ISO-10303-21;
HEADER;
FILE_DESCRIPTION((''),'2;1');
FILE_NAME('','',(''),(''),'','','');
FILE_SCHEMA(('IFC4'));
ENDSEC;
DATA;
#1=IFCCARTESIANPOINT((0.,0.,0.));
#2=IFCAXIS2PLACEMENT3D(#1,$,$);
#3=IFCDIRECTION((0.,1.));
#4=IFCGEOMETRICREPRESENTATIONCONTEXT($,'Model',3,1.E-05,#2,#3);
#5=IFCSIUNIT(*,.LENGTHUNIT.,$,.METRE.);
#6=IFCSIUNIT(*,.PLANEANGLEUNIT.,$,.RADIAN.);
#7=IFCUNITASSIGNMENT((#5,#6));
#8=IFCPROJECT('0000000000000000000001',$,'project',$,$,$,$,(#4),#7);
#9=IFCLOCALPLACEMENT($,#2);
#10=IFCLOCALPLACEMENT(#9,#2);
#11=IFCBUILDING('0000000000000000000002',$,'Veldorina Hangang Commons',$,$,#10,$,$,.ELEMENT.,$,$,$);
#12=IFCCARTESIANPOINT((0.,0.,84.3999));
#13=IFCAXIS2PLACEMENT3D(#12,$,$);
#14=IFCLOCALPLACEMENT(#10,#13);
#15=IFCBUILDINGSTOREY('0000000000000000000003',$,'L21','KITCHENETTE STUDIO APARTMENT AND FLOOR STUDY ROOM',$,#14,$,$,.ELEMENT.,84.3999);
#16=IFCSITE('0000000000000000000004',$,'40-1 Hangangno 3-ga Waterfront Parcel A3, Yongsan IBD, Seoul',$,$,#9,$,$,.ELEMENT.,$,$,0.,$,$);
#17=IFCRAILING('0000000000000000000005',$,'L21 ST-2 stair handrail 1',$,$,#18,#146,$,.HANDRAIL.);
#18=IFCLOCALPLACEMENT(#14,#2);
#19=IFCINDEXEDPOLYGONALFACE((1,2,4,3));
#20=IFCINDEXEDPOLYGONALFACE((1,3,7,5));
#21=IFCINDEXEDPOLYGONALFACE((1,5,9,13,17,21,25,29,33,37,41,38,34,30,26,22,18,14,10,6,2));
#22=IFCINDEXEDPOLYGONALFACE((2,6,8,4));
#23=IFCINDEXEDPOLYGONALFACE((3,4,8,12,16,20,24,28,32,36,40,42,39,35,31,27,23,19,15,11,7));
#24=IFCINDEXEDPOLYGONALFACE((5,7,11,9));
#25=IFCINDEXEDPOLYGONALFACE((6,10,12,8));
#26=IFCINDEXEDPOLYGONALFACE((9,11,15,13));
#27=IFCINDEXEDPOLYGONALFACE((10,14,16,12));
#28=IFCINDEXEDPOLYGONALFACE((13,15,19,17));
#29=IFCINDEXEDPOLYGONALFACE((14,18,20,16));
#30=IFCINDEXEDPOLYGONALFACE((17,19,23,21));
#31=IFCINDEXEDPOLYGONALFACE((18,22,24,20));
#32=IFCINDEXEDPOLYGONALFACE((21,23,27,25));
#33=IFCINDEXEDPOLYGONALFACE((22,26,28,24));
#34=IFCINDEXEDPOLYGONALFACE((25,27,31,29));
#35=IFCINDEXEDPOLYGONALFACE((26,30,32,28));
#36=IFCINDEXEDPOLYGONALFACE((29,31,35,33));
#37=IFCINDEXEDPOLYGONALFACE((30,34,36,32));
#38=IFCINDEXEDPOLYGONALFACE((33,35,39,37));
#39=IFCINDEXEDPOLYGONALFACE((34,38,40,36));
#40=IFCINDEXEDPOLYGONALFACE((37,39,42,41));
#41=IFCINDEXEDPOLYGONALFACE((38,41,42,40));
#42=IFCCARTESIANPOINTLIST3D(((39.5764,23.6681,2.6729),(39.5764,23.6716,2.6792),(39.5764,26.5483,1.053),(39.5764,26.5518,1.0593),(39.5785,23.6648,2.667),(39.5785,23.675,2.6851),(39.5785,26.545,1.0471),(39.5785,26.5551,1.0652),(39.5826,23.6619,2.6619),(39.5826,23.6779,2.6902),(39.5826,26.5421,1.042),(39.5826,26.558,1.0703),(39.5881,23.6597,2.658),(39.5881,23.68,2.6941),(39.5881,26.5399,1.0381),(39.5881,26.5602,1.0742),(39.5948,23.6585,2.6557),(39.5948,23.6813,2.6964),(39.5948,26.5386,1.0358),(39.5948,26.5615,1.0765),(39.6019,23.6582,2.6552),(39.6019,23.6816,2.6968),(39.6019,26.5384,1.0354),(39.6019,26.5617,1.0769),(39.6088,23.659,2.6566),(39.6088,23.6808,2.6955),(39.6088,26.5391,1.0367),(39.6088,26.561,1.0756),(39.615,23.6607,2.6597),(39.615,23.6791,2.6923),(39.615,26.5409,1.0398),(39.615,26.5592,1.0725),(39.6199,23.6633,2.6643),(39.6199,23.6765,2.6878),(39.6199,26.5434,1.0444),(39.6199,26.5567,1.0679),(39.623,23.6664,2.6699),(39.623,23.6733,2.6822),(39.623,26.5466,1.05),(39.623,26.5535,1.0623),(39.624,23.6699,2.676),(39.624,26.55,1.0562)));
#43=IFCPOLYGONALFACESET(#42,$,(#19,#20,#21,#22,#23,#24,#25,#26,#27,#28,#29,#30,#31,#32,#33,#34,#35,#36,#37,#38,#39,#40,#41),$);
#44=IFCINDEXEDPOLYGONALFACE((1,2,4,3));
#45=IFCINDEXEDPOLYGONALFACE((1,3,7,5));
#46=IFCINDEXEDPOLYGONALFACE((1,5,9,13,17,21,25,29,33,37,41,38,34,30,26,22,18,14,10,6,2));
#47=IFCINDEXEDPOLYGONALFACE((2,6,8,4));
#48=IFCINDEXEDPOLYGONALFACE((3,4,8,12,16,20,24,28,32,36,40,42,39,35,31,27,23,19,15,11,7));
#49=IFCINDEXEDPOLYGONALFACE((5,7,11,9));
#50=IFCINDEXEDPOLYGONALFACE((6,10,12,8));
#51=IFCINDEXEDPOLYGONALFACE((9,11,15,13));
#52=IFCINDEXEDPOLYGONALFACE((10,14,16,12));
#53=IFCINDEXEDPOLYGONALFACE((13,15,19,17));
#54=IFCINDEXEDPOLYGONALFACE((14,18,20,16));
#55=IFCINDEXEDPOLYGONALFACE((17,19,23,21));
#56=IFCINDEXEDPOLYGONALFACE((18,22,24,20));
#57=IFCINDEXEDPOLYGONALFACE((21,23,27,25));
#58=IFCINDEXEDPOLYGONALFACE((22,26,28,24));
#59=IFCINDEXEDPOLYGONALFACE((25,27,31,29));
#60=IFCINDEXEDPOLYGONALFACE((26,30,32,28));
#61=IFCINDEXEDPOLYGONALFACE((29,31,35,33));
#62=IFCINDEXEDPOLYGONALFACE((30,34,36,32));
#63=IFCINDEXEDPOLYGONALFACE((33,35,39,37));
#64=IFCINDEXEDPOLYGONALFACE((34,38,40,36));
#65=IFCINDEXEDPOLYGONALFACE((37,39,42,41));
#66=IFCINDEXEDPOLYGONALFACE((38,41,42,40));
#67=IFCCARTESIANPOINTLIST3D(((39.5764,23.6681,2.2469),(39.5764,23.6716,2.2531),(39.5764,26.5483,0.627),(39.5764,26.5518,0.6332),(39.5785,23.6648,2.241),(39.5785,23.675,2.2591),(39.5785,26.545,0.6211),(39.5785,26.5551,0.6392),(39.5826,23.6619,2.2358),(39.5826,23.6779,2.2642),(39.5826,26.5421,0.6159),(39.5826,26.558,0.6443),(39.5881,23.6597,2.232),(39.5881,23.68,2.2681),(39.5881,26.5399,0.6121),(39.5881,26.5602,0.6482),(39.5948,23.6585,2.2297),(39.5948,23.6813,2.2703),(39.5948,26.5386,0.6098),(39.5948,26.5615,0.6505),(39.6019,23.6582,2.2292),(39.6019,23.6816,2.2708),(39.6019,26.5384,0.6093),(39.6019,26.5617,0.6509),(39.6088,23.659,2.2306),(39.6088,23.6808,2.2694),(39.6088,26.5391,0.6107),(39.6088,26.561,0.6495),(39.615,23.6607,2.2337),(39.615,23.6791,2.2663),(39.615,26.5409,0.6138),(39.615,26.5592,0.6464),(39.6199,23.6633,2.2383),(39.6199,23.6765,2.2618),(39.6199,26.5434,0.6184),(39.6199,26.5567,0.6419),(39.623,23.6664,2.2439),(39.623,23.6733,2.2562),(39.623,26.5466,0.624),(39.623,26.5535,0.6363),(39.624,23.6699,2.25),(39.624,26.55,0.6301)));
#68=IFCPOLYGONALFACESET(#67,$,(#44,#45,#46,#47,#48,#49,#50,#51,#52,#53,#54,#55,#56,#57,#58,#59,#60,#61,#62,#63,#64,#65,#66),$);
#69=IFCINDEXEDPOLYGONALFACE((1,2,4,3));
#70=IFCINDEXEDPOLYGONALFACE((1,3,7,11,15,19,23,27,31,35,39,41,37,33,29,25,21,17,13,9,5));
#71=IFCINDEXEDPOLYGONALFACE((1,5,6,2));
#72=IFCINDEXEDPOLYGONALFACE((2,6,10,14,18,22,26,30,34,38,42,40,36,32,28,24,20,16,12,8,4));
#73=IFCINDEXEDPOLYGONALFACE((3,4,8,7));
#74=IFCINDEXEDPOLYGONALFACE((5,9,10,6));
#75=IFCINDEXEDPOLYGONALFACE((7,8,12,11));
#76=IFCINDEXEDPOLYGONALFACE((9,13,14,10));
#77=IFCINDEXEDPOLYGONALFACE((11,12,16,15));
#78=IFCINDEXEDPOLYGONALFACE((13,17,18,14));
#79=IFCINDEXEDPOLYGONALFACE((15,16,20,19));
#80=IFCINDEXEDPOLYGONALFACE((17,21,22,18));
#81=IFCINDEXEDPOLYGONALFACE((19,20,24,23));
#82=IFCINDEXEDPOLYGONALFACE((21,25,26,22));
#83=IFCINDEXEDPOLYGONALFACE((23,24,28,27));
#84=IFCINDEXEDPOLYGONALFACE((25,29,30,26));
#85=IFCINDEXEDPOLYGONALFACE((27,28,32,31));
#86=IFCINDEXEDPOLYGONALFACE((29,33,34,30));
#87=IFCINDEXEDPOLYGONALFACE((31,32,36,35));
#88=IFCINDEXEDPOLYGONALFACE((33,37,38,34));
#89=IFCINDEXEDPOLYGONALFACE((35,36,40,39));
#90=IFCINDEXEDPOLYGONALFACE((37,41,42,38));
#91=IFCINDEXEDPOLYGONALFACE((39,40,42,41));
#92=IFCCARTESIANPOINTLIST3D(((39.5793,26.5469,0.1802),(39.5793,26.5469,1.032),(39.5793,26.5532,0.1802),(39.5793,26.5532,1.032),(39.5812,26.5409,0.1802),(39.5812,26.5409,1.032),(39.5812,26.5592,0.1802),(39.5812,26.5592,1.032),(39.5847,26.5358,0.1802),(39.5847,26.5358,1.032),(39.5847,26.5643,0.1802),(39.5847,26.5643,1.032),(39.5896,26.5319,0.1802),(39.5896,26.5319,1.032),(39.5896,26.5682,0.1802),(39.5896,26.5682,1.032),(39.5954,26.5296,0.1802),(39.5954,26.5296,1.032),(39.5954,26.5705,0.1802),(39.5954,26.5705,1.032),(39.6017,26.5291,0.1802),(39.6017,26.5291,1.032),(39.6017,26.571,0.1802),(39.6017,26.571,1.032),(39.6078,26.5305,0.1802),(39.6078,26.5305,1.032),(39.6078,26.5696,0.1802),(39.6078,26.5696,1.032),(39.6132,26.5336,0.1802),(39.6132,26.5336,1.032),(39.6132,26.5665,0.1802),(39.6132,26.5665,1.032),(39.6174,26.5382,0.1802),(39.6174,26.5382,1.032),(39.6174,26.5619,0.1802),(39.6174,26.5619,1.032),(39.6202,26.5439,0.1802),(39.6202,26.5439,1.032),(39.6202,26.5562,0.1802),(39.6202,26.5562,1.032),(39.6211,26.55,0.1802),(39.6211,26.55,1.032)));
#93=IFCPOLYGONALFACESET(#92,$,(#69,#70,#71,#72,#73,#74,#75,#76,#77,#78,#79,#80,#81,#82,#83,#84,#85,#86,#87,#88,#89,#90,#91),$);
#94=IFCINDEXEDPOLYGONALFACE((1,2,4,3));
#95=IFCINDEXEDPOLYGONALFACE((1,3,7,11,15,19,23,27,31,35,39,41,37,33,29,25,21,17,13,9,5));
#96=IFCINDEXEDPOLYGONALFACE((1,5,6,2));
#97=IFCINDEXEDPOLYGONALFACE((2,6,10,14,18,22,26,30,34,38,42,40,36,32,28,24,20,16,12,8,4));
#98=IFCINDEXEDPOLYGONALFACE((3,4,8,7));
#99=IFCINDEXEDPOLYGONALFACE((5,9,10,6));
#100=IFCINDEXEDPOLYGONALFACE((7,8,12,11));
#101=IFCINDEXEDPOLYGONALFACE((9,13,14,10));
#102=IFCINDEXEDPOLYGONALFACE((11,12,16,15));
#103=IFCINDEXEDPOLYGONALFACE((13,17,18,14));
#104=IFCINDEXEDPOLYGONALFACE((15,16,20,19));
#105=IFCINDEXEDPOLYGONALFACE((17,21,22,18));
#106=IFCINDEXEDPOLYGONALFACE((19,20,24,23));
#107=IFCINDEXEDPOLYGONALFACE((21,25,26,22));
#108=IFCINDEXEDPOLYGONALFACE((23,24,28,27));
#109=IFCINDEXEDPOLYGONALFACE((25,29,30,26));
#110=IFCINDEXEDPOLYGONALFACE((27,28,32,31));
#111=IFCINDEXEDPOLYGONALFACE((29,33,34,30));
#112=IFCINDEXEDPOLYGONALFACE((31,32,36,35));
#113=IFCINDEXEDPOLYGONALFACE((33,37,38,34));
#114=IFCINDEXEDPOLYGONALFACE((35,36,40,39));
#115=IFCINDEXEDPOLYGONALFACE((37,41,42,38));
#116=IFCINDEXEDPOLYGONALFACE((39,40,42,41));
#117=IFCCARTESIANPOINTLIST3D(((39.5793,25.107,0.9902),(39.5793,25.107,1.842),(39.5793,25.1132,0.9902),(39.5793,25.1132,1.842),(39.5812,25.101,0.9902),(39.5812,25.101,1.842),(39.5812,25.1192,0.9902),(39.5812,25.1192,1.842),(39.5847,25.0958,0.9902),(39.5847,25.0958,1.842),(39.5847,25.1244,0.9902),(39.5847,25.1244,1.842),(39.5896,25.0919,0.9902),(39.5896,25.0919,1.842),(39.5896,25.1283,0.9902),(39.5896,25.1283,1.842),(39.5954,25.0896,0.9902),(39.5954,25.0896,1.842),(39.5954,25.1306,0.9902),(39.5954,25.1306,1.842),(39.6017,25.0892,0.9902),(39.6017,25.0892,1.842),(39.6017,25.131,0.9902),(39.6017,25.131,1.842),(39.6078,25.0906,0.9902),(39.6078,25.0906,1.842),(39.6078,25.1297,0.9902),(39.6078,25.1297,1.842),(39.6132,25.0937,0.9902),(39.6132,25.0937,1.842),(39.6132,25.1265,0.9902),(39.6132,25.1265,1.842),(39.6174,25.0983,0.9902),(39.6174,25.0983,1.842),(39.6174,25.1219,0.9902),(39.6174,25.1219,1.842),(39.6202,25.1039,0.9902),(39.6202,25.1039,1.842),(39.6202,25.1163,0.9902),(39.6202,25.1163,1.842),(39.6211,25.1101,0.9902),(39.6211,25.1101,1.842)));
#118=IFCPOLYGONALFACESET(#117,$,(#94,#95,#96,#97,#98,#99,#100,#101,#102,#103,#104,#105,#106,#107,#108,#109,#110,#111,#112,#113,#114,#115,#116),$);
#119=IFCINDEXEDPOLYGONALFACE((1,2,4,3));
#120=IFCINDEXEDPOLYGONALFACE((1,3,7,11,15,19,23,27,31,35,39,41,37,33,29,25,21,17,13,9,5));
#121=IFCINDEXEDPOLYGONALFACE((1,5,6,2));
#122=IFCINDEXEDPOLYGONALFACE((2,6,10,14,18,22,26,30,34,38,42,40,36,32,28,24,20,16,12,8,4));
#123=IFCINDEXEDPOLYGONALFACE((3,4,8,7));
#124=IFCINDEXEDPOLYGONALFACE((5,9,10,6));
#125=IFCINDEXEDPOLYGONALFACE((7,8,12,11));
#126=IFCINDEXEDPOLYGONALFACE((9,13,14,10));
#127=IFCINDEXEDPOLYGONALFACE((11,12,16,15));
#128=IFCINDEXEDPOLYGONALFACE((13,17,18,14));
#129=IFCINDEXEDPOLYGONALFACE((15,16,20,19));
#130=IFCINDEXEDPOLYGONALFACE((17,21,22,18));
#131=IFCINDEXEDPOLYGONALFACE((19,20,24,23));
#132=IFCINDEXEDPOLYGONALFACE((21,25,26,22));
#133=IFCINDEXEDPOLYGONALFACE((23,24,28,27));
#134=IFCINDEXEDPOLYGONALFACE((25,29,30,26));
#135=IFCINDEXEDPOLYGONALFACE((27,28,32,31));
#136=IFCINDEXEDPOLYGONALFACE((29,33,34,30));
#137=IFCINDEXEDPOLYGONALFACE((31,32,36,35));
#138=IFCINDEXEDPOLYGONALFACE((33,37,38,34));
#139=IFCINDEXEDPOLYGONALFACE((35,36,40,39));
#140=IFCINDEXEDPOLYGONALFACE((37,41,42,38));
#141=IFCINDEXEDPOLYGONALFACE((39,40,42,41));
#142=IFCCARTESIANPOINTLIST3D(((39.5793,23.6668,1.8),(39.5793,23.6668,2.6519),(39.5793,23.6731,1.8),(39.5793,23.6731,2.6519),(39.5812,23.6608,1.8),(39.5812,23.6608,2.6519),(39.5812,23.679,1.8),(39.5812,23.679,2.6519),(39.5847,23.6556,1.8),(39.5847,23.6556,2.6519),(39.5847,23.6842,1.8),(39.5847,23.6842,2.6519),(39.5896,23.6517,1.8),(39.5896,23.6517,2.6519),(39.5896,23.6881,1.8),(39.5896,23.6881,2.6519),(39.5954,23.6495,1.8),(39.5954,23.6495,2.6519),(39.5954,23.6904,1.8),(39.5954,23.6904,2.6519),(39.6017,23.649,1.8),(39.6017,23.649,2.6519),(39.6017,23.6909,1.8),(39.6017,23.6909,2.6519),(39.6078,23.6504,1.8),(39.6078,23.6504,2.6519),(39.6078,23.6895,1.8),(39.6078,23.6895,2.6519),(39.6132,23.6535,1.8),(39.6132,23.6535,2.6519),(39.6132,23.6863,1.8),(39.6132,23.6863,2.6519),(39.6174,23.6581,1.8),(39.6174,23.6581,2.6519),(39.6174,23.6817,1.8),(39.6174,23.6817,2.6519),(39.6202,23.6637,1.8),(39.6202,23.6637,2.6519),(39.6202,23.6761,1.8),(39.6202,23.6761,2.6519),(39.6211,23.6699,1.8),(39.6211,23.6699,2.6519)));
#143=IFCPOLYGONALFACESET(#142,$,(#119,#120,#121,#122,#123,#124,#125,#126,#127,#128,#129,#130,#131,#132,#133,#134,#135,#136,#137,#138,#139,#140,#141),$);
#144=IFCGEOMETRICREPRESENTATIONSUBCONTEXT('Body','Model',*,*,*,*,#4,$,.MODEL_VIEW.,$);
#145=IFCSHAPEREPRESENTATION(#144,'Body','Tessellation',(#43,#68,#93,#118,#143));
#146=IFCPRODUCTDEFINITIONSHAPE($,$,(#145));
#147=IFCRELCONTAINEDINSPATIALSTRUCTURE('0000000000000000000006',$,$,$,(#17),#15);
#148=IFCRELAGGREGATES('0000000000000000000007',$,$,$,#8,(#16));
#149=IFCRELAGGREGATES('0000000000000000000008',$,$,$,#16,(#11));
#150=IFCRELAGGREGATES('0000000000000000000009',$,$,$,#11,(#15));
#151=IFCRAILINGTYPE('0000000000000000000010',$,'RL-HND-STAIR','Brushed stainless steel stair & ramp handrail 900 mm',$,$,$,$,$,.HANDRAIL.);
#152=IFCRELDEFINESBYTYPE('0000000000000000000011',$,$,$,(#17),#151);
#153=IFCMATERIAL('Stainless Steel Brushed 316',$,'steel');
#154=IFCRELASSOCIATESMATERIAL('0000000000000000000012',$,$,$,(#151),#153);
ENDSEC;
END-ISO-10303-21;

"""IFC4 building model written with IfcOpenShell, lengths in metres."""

from ifc_helpers import new_model, si_unit, direction, frame, origin, origin_2d, place, context, subcontext, project, spatial, circle, extrude, material, type_object, element, save


model = new_model("IFC4")

# Units and contexts
model_context = context("Model", 3, precision=1e-05, world=origin(), true_north=direction((0.0, 1.0)))
body_context = subcontext(model_context, "Body", "Model", "MODEL_VIEW")
ifc_project = project(units=[si_unit("LENGTHUNIT", "METRE"), si_unit("PLANEANGLEUNIT", "RADIAN")], contexts=[model_context])

# Site, building, storey
site_placement = place(None, origin())
site = spatial("IfcSite", under=ifc_project, at=site_placement, Name="40-1 Hangangno 3-ga Waterfront Parcel A3, Yongsan IBD, Seoul", CompositionType="ELEMENT", RefElevation=0.0)
building_placement = place(site_placement, origin())
building = spatial("IfcBuilding", under=site, at=building_placement, Name="Veldorina Hangang Commons", CompositionType="ELEMENT")
storey_placement = place(building_placement, frame((0.0, 0.0, 84.3999)))
storey = spatial("IfcBuildingStorey", under=building, at=storey_placement, Name="L21", Description="KITCHENETTE STUDIO APARTMENT AND FLOOR STUDY ROOM", CompositionType="ELEMENT", Elevation=84.3999)

# Railing
ifc_material_1 = material(Name="Stainless Steel Brushed 316", Category="steel")
railing_type_1 = type_object("IfcRailingType", Name="RL-HND-STAIR", Description="Brushed stainless steel stair & ramp handrail 900 mm", PredefinedType="HANDRAIL", material=ifc_material_1)
railing_1_placement = place(storey_placement, frame((39.6001, 26.55, 0.1802)))
element("IfcRailing", 1, at=railing_1_placement, inside=storey, type_object=railing_type_1, Name="L21 ST-2 stair handrail 1", PredefinedType="HANDRAIL", context=body_context, shape_type="SweptSolid", body=[
    extrude(circle(Radius=0.0239, at=origin_2d()), frame((0.0, 0.0, 0.876), z_axis=(0.0, -0.871601, 0.490216), x_axis=(1.0, 0.0, 0.0)), (0.0, 0.0, 1.0), 3.3044),
    extrude(circle(Radius=0.0239, at=origin_2d()), frame((0.0, 0.0, 0.45), z_axis=(0.0, -0.871601, 0.490216), x_axis=(1.0, 0.0, 0.0)), (0.0, 0.0, 1.0), 3.3044),
    extrude(circle(Radius=0.021, at=origin_2d()), origin(), (0.0, 0.0, 1.0), 0.8518),
    extrude(circle(Radius=0.021, at=origin_2d()), frame((0.0, -1.4399, 0.8101)), (0.0, 0.0, 1.0), 0.8518),
    extrude(circle(Radius=0.021, at=origin_2d()), frame((0.0, -2.8801, 1.6199)), (0.0, 0.0, 1.0), 0.8518),
])

save(model, "model.ifc")
